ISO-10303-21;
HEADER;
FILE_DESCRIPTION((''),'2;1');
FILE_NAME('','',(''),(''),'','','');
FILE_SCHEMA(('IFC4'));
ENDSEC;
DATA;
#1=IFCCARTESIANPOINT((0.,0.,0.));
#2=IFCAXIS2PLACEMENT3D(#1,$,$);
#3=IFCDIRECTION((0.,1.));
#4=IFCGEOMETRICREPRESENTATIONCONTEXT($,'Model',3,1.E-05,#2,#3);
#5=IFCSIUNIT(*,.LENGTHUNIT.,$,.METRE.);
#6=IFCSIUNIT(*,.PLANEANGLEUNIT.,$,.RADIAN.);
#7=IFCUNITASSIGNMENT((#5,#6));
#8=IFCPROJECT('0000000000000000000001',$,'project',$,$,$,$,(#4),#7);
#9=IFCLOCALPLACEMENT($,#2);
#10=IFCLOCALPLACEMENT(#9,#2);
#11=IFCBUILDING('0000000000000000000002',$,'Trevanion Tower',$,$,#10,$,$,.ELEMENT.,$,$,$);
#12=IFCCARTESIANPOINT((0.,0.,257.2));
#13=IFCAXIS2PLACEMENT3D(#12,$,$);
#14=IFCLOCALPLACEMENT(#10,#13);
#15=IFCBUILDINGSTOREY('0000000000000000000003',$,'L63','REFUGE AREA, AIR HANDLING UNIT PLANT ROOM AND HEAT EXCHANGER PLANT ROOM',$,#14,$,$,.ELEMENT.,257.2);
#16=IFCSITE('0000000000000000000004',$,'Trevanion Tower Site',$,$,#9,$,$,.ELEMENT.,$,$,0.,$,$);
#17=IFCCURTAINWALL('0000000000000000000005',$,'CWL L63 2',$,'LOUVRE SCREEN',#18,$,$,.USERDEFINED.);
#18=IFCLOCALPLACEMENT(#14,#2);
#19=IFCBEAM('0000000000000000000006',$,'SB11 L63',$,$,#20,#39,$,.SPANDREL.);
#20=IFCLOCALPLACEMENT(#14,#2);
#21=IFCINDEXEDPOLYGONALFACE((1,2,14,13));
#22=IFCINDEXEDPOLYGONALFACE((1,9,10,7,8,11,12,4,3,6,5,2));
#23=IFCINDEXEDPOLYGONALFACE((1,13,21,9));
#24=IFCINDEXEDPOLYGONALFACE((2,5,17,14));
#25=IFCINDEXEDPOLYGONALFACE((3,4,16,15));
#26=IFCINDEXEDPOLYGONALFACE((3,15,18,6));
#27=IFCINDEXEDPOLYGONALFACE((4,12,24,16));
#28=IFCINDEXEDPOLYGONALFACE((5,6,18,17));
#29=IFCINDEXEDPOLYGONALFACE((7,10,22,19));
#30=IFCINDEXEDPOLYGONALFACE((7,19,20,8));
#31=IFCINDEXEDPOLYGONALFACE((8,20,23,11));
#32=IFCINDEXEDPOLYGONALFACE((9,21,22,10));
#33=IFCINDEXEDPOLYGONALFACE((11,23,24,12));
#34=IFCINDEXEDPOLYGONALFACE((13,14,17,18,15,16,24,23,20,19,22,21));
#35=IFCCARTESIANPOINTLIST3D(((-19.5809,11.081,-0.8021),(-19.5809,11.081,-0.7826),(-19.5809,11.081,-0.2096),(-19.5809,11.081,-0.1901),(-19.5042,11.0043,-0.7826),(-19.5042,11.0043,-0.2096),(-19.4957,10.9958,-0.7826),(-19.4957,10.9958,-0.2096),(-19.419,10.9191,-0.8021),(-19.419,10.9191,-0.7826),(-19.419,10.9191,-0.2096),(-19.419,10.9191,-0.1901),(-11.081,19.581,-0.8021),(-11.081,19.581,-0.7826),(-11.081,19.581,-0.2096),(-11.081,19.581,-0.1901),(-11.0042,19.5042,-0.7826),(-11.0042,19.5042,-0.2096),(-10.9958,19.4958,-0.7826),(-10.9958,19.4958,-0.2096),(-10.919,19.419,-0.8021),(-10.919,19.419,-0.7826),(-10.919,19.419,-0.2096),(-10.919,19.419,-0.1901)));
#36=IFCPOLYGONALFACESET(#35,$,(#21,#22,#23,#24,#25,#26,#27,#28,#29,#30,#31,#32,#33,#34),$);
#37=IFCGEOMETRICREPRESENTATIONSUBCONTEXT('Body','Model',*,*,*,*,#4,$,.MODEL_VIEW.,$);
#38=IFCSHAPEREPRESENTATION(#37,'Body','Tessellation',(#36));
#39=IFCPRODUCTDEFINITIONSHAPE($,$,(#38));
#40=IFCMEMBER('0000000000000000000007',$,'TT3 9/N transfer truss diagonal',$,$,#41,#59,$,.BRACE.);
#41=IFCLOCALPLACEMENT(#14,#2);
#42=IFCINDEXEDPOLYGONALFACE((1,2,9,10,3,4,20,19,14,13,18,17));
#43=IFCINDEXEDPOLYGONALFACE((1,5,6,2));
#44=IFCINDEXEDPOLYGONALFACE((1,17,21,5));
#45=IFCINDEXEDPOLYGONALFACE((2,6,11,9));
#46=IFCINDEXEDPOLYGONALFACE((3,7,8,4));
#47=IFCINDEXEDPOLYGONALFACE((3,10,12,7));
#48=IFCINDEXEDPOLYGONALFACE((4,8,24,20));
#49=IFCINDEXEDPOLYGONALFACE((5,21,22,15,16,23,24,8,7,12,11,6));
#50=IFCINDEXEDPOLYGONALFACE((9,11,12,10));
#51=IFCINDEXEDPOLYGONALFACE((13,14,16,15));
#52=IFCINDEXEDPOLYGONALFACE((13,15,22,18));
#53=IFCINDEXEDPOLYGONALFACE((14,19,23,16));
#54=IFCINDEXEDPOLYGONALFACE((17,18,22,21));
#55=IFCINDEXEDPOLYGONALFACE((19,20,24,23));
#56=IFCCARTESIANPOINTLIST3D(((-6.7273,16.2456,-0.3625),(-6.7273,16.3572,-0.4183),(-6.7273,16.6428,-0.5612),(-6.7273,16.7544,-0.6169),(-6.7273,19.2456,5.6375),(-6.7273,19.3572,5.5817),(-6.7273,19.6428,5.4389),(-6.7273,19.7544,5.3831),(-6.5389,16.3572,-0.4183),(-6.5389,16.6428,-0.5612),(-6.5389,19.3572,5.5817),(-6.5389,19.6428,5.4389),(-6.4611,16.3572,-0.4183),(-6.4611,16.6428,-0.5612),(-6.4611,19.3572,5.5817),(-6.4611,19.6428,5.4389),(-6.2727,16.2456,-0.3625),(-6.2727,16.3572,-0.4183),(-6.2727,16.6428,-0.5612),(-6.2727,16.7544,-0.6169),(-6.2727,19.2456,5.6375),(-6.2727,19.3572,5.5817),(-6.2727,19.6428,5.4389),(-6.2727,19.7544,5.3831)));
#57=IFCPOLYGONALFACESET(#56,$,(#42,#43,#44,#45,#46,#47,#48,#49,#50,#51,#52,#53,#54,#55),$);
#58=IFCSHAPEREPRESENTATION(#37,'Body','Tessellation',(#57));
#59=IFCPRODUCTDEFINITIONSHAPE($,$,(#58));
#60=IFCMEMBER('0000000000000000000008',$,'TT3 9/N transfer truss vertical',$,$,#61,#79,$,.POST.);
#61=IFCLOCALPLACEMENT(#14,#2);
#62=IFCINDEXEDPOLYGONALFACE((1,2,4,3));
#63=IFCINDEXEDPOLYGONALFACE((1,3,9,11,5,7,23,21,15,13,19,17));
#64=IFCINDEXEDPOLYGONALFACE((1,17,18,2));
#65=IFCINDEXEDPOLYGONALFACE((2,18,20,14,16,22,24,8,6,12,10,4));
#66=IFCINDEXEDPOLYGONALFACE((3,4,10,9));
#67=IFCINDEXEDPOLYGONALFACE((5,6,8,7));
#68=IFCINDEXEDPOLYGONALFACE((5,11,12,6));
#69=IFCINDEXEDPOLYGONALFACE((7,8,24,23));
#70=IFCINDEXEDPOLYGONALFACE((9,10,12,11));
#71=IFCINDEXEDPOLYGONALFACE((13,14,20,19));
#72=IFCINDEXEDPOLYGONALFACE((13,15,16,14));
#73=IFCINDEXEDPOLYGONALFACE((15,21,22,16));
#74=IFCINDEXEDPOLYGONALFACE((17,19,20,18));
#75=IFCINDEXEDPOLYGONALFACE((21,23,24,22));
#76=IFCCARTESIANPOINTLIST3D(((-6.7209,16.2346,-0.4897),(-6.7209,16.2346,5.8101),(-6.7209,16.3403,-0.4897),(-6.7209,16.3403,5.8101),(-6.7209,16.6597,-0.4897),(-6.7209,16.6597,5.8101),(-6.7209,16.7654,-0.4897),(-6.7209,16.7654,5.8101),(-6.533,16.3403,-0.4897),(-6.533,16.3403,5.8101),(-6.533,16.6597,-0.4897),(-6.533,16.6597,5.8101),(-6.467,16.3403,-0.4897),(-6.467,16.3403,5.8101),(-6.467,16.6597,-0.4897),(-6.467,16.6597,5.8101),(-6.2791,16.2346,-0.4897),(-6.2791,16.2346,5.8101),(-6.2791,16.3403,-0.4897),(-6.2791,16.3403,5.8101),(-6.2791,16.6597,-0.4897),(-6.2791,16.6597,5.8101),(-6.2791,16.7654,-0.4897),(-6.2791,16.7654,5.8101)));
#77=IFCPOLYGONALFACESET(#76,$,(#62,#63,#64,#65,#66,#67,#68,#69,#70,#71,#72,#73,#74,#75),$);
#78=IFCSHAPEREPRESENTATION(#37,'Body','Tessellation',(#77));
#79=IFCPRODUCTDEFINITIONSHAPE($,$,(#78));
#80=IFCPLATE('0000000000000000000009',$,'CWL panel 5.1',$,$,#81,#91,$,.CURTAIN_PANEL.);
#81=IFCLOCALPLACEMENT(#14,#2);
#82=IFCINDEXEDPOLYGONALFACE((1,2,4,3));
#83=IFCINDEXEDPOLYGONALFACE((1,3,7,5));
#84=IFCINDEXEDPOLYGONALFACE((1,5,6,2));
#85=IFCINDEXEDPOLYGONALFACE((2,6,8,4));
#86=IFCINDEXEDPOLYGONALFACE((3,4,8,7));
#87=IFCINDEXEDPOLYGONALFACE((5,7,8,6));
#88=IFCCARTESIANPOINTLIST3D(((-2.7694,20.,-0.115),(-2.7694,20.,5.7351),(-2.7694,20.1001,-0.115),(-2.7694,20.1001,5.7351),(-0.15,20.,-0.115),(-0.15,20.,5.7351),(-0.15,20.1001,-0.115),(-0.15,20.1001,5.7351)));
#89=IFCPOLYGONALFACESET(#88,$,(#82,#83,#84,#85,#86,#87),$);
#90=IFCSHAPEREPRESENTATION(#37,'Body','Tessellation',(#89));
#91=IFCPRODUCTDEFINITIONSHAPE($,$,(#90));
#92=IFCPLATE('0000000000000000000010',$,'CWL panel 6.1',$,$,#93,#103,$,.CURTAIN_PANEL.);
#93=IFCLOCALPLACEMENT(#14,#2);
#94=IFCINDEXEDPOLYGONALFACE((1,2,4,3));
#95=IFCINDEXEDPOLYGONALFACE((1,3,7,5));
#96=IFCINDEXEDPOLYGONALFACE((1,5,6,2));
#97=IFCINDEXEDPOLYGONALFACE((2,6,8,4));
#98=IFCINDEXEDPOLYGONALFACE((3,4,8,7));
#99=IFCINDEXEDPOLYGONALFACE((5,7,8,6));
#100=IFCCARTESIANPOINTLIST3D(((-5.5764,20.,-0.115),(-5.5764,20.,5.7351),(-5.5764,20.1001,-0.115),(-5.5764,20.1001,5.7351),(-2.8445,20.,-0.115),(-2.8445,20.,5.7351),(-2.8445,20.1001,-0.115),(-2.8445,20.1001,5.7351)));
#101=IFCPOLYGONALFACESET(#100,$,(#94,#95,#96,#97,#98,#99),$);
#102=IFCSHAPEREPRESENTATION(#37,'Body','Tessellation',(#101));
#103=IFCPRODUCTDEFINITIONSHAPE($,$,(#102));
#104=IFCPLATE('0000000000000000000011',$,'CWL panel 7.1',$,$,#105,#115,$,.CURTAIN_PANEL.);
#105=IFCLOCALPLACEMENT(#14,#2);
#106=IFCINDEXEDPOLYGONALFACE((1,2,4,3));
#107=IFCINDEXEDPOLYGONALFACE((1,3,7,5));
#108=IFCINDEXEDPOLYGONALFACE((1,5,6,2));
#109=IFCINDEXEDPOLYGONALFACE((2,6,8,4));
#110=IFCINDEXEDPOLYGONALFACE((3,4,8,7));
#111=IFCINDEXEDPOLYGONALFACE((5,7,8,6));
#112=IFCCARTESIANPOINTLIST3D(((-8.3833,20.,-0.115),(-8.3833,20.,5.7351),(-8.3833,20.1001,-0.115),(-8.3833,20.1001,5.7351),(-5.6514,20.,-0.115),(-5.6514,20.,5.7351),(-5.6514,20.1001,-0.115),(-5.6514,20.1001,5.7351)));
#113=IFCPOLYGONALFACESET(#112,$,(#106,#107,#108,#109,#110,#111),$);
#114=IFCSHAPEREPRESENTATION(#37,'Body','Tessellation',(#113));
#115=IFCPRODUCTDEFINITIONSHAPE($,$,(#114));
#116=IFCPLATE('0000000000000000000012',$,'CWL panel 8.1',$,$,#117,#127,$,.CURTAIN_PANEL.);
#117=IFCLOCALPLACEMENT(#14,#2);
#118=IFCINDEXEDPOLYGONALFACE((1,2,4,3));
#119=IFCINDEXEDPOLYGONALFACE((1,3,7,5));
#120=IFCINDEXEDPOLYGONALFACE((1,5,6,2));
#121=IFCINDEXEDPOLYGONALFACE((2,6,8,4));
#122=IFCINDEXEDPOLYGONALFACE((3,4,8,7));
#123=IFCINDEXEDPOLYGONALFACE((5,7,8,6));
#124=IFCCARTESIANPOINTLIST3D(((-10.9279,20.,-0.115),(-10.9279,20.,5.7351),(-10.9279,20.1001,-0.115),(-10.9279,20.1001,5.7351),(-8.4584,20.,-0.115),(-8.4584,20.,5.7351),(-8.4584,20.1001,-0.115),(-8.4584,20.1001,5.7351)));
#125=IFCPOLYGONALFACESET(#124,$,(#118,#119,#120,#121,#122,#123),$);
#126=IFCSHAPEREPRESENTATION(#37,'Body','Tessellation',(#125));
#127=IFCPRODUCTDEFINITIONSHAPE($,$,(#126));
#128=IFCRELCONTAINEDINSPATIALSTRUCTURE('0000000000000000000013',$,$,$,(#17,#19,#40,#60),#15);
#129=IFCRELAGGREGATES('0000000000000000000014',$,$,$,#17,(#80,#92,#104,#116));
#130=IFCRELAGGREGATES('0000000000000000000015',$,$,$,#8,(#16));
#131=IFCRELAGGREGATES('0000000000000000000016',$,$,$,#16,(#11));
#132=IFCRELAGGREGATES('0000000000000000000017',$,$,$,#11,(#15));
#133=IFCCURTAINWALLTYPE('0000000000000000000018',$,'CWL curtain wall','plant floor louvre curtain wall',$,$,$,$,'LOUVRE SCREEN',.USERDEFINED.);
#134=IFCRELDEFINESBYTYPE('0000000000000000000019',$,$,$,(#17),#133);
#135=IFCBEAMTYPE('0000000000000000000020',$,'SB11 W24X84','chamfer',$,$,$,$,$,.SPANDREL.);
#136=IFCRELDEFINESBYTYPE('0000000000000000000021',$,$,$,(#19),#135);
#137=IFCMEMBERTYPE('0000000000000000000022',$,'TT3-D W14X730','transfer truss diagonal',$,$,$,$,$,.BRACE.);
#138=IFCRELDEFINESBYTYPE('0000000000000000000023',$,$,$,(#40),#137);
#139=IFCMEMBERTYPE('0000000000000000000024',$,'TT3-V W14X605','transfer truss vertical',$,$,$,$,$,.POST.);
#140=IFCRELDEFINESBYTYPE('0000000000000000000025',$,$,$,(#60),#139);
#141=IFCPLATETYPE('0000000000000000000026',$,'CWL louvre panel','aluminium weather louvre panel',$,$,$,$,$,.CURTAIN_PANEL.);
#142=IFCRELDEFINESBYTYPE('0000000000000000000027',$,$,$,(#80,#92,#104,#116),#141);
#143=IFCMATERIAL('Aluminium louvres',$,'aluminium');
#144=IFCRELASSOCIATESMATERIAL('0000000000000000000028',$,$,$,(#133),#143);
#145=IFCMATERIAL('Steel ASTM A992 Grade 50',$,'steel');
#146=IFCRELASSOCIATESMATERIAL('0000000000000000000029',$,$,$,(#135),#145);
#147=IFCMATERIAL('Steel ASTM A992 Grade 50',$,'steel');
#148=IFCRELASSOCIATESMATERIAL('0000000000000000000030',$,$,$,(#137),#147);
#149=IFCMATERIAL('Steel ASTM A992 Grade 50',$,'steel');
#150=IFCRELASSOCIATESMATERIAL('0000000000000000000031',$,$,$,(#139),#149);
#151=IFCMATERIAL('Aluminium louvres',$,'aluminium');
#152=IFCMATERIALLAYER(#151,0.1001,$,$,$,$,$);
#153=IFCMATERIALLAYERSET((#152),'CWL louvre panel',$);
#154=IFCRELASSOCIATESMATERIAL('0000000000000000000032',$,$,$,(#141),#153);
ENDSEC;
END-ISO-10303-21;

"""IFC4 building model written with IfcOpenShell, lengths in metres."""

from ifc_helpers import new_model, si_unit, direction, frame, origin, origin_2d, place, context, subcontext, project, spatial, rectangle, i_section, extrude, material, layer, layer_set, material_profile, profile_set, type_object, element, aggregate, save


model = new_model("IFC4")

# Units and contexts
model_context = context("Model", 3, precision=1e-05, world=origin(), true_north=direction((0.0, 1.0)))
body_context = subcontext(model_context, "Body", "Model", "MODEL_VIEW")
ifc_project = project(units=[si_unit("LENGTHUNIT", "METRE"), si_unit("PLANEANGLEUNIT", "RADIAN")], contexts=[model_context])

# Site, building, storey
site_placement = place(None, origin())
site = spatial("IfcSite", under=ifc_project, at=site_placement, Name="Trevanion Tower Site", CompositionType="ELEMENT", RefElevation=0.0)
building_placement = place(site_placement, origin())
building = spatial("IfcBuilding", under=site, at=building_placement, Name="Trevanion Tower", CompositionType="ELEMENT")
storey_placement = place(building_placement, frame((0.0, 0.0, 257.2)))
storey = spatial("IfcBuildingStorey", under=building, at=storey_placement, Name="L63", Description="REFUGE AREA, AIR HANDLING UNIT PLANT ROOM AND HEAT EXCHANGER PLANT ROOM", CompositionType="ELEMENT", Elevation=257.2)

# Curtain wall
ifc_material_1 = material(Name="Aluminium louvres", Category="aluminium")
curtain_wall_type = type_object("IfcCurtainWallType", Name="CWL curtain wall", Description="plant floor louvre curtain wall", ElementType="LOUVRE SCREEN", PredefinedType="USERDEFINED", material=ifc_material_1)
curtain_wall_1_placement = place(storey_placement, origin())
curtain_wall_1 = element("IfcCurtainWall", 1, at=curtain_wall_1_placement, inside=storey, type_object=curtain_wall_type, Name="CWL L63 2", ObjectType="LOUVRE SCREEN", PredefinedType="USERDEFINED")

# Beam
ifc_material_2 = material(Name="Steel ASTM A992 Grade 50", Category="steel")
ifc_material_profile_1 = material_profile(ifc_material_2, i_section(OverallWidth=0.229, OverallDepth=0.6121, WebThickness=0.012, FlangeThickness=0.0195, at=origin_2d()), Name="W24X84")
ifc_profile_set_1 = profile_set([ifc_material_profile_1], Name="Steel ASTM A992 Grade 50")
beam_type_1 = type_object("IfcBeamType", Name="SB11 W24X84", Description="chamfer", PredefinedType="SPANDREL", material=ifc_profile_set_1)
beam_placement = place(storey_placement, frame((-11.0, 19.5, -0.4961), z_axis=(-0.707107, -0.707107, 0.0), x_axis=(0.707107, -0.707107, 0.0)))
element("IfcBeam", 2, at=beam_placement, inside=storey, type_object=beam_type_1, Name="SB11 L63", PredefinedType="SPANDREL", context=body_context, shape_type="SweptSolid", body=[
    extrude(i_section(OverallWidth=0.229, OverallDepth=0.6121, WebThickness=0.012, FlangeThickness=0.0195, at=origin_2d()), origin(), (0.0, 0.0, 1.0), 12.0208),
])

# Members
ifc_material_3 = material(Name="Steel ASTM A992 Grade 50", Category="steel")
ifc_material_profile_2 = material_profile(ifc_material_3, i_section(OverallWidth=0.4546, OverallDepth=0.5688, WebThickness=0.0779, FlangeThickness=0.1248, at=origin_2d()), Name="W14X730")
ifc_profile_set_2 = profile_set([ifc_material_profile_2], Name="Steel ASTM A992 Grade 50")
member_type_1 = type_object("IfcMemberType", Name="TT3-D W14X730", Description="transfer truss diagonal", PredefinedType="BRACE", material=ifc_profile_set_2)
member_1_placement = place(storey_placement, frame((-6.5, 16.5, -0.4897), z_axis=(0.0, 0.447214, 0.894427), x_axis=(-1.0, 0.0, 0.0)))
element("IfcMember", 3, at=member_1_placement, inside=storey, type_object=member_type_1, Name="TT3 9/N transfer truss diagonal", PredefinedType="BRACE", context=body_context, shape_type="SweptSolid", body=[
    extrude(i_section(OverallWidth=0.4546, OverallDepth=0.5688, WebThickness=0.0779, FlangeThickness=0.1248, at=origin_2d()), origin(), (0.0, 0.0, 1.0), 6.7083),
])
ifc_material_4 = material(Name="Steel ASTM A992 Grade 50", Category="steel")
ifc_material_profile_3 = material_profile(ifc_material_4, i_section(OverallWidth=0.4419, OverallDepth=0.5308, WebThickness=0.0659, FlangeThickness=0.1057, at=origin_2d()), Name="W14X605")
ifc_profile_set_3 = profile_set([ifc_material_profile_3], Name="Steel ASTM A992 Grade 50")
member_type_2 = type_object("IfcMemberType", Name="TT3-V W14X605", Description="transfer truss vertical", PredefinedType="POST", material=ifc_profile_set_3)
member_2_placement = place(storey_placement, frame((-6.5, 16.5, -0.4897), z_axis=(0.0, 0.0, 1.0), x_axis=(1.0, 0.0, 0.0)))
element("IfcMember", 4, at=member_2_placement, inside=storey, type_object=member_type_2, Name="TT3 9/N transfer truss vertical", PredefinedType="POST", context=body_context, shape_type="SweptSolid", body=[
    extrude(i_section(OverallWidth=0.4419, OverallDepth=0.5308, WebThickness=0.0659, FlangeThickness=0.1057, at=origin_2d()), origin(), (0.0, 0.0, 1.0), 6.2998),
])

# Plates
ifc_material_5 = material(Name="Aluminium louvres", Category="aluminium")
ifc_layer = layer(ifc_material_5, 0.1001)
ifc_layer_set = layer_set([ifc_layer], Name="CWL louvre panel")
plate_type = type_object("IfcPlateType", Name="CWL louvre panel", Description="aluminium weather louvre panel", PredefinedType="CURTAIN_PANEL", material=ifc_layer_set)
plate_1_placement = place(storey_placement, frame((-1.4597, 20.05, -0.115), z_axis=(0.0, 0.0, 1.0), x_axis=(-1.0, 0.0, 0.0)))
plate_1 = element("IfcPlate", 5, at=plate_1_placement, type_object=plate_type, Name="CWL panel 5.1", PredefinedType="CURTAIN_PANEL", context=body_context, shape_type="SweptSolid", body=[
    extrude(rectangle(XDim=2.6194, YDim=0.1001, at=origin_2d()), origin(), (0.0, 0.0, 1.0), 5.8501),
])
plate_2_placement = place(storey_placement, frame((-4.2104, 20.05, -0.115), z_axis=(0.0, 0.0, 1.0), x_axis=(-1.0, 0.0, 0.0)))
plate_2 = element("IfcPlate", 6, at=plate_2_placement, type_object=plate_type, Name="CWL panel 6.1", PredefinedType="CURTAIN_PANEL", context=body_context, shape_type="SweptSolid", body=[
    extrude(rectangle(XDim=2.7319, YDim=0.1001, at=origin_2d()), origin(), (0.0, 0.0, 1.0), 5.8501),
])
plate_3_placement = place(storey_placement, frame((-7.0173, 20.05, -0.115), z_axis=(0.0, 0.0, 1.0), x_axis=(-1.0, 0.0, 0.0)))
plate_3 = element("IfcPlate", 7, at=plate_3_placement, type_object=plate_type, Name="CWL panel 7.1", PredefinedType="CURTAIN_PANEL", context=body_context, shape_type="SweptSolid", body=[
    extrude(rectangle(XDim=2.7319, YDim=0.1001, at=origin_2d()), origin(), (0.0, 0.0, 1.0), 5.8501),
])
plate_4_placement = place(storey_placement, frame((-9.6931, 20.05, -0.115), z_axis=(0.0, 0.0, 1.0), x_axis=(-1.0, 0.0, 0.0)))
plate_4 = element("IfcPlate", 8, at=plate_4_placement, type_object=plate_type, Name="CWL panel 8.1", PredefinedType="CURTAIN_PANEL", context=body_context, shape_type="SweptSolid", body=[
    extrude(rectangle(XDim=2.4695, YDim=0.1001, at=origin_2d()), origin(), (0.0, 0.0, 1.0), 5.8501),
])
aggregate(curtain_wall_1, [plate_1, plate_2, plate_3, plate_4])

save(model, "model.ifc")
